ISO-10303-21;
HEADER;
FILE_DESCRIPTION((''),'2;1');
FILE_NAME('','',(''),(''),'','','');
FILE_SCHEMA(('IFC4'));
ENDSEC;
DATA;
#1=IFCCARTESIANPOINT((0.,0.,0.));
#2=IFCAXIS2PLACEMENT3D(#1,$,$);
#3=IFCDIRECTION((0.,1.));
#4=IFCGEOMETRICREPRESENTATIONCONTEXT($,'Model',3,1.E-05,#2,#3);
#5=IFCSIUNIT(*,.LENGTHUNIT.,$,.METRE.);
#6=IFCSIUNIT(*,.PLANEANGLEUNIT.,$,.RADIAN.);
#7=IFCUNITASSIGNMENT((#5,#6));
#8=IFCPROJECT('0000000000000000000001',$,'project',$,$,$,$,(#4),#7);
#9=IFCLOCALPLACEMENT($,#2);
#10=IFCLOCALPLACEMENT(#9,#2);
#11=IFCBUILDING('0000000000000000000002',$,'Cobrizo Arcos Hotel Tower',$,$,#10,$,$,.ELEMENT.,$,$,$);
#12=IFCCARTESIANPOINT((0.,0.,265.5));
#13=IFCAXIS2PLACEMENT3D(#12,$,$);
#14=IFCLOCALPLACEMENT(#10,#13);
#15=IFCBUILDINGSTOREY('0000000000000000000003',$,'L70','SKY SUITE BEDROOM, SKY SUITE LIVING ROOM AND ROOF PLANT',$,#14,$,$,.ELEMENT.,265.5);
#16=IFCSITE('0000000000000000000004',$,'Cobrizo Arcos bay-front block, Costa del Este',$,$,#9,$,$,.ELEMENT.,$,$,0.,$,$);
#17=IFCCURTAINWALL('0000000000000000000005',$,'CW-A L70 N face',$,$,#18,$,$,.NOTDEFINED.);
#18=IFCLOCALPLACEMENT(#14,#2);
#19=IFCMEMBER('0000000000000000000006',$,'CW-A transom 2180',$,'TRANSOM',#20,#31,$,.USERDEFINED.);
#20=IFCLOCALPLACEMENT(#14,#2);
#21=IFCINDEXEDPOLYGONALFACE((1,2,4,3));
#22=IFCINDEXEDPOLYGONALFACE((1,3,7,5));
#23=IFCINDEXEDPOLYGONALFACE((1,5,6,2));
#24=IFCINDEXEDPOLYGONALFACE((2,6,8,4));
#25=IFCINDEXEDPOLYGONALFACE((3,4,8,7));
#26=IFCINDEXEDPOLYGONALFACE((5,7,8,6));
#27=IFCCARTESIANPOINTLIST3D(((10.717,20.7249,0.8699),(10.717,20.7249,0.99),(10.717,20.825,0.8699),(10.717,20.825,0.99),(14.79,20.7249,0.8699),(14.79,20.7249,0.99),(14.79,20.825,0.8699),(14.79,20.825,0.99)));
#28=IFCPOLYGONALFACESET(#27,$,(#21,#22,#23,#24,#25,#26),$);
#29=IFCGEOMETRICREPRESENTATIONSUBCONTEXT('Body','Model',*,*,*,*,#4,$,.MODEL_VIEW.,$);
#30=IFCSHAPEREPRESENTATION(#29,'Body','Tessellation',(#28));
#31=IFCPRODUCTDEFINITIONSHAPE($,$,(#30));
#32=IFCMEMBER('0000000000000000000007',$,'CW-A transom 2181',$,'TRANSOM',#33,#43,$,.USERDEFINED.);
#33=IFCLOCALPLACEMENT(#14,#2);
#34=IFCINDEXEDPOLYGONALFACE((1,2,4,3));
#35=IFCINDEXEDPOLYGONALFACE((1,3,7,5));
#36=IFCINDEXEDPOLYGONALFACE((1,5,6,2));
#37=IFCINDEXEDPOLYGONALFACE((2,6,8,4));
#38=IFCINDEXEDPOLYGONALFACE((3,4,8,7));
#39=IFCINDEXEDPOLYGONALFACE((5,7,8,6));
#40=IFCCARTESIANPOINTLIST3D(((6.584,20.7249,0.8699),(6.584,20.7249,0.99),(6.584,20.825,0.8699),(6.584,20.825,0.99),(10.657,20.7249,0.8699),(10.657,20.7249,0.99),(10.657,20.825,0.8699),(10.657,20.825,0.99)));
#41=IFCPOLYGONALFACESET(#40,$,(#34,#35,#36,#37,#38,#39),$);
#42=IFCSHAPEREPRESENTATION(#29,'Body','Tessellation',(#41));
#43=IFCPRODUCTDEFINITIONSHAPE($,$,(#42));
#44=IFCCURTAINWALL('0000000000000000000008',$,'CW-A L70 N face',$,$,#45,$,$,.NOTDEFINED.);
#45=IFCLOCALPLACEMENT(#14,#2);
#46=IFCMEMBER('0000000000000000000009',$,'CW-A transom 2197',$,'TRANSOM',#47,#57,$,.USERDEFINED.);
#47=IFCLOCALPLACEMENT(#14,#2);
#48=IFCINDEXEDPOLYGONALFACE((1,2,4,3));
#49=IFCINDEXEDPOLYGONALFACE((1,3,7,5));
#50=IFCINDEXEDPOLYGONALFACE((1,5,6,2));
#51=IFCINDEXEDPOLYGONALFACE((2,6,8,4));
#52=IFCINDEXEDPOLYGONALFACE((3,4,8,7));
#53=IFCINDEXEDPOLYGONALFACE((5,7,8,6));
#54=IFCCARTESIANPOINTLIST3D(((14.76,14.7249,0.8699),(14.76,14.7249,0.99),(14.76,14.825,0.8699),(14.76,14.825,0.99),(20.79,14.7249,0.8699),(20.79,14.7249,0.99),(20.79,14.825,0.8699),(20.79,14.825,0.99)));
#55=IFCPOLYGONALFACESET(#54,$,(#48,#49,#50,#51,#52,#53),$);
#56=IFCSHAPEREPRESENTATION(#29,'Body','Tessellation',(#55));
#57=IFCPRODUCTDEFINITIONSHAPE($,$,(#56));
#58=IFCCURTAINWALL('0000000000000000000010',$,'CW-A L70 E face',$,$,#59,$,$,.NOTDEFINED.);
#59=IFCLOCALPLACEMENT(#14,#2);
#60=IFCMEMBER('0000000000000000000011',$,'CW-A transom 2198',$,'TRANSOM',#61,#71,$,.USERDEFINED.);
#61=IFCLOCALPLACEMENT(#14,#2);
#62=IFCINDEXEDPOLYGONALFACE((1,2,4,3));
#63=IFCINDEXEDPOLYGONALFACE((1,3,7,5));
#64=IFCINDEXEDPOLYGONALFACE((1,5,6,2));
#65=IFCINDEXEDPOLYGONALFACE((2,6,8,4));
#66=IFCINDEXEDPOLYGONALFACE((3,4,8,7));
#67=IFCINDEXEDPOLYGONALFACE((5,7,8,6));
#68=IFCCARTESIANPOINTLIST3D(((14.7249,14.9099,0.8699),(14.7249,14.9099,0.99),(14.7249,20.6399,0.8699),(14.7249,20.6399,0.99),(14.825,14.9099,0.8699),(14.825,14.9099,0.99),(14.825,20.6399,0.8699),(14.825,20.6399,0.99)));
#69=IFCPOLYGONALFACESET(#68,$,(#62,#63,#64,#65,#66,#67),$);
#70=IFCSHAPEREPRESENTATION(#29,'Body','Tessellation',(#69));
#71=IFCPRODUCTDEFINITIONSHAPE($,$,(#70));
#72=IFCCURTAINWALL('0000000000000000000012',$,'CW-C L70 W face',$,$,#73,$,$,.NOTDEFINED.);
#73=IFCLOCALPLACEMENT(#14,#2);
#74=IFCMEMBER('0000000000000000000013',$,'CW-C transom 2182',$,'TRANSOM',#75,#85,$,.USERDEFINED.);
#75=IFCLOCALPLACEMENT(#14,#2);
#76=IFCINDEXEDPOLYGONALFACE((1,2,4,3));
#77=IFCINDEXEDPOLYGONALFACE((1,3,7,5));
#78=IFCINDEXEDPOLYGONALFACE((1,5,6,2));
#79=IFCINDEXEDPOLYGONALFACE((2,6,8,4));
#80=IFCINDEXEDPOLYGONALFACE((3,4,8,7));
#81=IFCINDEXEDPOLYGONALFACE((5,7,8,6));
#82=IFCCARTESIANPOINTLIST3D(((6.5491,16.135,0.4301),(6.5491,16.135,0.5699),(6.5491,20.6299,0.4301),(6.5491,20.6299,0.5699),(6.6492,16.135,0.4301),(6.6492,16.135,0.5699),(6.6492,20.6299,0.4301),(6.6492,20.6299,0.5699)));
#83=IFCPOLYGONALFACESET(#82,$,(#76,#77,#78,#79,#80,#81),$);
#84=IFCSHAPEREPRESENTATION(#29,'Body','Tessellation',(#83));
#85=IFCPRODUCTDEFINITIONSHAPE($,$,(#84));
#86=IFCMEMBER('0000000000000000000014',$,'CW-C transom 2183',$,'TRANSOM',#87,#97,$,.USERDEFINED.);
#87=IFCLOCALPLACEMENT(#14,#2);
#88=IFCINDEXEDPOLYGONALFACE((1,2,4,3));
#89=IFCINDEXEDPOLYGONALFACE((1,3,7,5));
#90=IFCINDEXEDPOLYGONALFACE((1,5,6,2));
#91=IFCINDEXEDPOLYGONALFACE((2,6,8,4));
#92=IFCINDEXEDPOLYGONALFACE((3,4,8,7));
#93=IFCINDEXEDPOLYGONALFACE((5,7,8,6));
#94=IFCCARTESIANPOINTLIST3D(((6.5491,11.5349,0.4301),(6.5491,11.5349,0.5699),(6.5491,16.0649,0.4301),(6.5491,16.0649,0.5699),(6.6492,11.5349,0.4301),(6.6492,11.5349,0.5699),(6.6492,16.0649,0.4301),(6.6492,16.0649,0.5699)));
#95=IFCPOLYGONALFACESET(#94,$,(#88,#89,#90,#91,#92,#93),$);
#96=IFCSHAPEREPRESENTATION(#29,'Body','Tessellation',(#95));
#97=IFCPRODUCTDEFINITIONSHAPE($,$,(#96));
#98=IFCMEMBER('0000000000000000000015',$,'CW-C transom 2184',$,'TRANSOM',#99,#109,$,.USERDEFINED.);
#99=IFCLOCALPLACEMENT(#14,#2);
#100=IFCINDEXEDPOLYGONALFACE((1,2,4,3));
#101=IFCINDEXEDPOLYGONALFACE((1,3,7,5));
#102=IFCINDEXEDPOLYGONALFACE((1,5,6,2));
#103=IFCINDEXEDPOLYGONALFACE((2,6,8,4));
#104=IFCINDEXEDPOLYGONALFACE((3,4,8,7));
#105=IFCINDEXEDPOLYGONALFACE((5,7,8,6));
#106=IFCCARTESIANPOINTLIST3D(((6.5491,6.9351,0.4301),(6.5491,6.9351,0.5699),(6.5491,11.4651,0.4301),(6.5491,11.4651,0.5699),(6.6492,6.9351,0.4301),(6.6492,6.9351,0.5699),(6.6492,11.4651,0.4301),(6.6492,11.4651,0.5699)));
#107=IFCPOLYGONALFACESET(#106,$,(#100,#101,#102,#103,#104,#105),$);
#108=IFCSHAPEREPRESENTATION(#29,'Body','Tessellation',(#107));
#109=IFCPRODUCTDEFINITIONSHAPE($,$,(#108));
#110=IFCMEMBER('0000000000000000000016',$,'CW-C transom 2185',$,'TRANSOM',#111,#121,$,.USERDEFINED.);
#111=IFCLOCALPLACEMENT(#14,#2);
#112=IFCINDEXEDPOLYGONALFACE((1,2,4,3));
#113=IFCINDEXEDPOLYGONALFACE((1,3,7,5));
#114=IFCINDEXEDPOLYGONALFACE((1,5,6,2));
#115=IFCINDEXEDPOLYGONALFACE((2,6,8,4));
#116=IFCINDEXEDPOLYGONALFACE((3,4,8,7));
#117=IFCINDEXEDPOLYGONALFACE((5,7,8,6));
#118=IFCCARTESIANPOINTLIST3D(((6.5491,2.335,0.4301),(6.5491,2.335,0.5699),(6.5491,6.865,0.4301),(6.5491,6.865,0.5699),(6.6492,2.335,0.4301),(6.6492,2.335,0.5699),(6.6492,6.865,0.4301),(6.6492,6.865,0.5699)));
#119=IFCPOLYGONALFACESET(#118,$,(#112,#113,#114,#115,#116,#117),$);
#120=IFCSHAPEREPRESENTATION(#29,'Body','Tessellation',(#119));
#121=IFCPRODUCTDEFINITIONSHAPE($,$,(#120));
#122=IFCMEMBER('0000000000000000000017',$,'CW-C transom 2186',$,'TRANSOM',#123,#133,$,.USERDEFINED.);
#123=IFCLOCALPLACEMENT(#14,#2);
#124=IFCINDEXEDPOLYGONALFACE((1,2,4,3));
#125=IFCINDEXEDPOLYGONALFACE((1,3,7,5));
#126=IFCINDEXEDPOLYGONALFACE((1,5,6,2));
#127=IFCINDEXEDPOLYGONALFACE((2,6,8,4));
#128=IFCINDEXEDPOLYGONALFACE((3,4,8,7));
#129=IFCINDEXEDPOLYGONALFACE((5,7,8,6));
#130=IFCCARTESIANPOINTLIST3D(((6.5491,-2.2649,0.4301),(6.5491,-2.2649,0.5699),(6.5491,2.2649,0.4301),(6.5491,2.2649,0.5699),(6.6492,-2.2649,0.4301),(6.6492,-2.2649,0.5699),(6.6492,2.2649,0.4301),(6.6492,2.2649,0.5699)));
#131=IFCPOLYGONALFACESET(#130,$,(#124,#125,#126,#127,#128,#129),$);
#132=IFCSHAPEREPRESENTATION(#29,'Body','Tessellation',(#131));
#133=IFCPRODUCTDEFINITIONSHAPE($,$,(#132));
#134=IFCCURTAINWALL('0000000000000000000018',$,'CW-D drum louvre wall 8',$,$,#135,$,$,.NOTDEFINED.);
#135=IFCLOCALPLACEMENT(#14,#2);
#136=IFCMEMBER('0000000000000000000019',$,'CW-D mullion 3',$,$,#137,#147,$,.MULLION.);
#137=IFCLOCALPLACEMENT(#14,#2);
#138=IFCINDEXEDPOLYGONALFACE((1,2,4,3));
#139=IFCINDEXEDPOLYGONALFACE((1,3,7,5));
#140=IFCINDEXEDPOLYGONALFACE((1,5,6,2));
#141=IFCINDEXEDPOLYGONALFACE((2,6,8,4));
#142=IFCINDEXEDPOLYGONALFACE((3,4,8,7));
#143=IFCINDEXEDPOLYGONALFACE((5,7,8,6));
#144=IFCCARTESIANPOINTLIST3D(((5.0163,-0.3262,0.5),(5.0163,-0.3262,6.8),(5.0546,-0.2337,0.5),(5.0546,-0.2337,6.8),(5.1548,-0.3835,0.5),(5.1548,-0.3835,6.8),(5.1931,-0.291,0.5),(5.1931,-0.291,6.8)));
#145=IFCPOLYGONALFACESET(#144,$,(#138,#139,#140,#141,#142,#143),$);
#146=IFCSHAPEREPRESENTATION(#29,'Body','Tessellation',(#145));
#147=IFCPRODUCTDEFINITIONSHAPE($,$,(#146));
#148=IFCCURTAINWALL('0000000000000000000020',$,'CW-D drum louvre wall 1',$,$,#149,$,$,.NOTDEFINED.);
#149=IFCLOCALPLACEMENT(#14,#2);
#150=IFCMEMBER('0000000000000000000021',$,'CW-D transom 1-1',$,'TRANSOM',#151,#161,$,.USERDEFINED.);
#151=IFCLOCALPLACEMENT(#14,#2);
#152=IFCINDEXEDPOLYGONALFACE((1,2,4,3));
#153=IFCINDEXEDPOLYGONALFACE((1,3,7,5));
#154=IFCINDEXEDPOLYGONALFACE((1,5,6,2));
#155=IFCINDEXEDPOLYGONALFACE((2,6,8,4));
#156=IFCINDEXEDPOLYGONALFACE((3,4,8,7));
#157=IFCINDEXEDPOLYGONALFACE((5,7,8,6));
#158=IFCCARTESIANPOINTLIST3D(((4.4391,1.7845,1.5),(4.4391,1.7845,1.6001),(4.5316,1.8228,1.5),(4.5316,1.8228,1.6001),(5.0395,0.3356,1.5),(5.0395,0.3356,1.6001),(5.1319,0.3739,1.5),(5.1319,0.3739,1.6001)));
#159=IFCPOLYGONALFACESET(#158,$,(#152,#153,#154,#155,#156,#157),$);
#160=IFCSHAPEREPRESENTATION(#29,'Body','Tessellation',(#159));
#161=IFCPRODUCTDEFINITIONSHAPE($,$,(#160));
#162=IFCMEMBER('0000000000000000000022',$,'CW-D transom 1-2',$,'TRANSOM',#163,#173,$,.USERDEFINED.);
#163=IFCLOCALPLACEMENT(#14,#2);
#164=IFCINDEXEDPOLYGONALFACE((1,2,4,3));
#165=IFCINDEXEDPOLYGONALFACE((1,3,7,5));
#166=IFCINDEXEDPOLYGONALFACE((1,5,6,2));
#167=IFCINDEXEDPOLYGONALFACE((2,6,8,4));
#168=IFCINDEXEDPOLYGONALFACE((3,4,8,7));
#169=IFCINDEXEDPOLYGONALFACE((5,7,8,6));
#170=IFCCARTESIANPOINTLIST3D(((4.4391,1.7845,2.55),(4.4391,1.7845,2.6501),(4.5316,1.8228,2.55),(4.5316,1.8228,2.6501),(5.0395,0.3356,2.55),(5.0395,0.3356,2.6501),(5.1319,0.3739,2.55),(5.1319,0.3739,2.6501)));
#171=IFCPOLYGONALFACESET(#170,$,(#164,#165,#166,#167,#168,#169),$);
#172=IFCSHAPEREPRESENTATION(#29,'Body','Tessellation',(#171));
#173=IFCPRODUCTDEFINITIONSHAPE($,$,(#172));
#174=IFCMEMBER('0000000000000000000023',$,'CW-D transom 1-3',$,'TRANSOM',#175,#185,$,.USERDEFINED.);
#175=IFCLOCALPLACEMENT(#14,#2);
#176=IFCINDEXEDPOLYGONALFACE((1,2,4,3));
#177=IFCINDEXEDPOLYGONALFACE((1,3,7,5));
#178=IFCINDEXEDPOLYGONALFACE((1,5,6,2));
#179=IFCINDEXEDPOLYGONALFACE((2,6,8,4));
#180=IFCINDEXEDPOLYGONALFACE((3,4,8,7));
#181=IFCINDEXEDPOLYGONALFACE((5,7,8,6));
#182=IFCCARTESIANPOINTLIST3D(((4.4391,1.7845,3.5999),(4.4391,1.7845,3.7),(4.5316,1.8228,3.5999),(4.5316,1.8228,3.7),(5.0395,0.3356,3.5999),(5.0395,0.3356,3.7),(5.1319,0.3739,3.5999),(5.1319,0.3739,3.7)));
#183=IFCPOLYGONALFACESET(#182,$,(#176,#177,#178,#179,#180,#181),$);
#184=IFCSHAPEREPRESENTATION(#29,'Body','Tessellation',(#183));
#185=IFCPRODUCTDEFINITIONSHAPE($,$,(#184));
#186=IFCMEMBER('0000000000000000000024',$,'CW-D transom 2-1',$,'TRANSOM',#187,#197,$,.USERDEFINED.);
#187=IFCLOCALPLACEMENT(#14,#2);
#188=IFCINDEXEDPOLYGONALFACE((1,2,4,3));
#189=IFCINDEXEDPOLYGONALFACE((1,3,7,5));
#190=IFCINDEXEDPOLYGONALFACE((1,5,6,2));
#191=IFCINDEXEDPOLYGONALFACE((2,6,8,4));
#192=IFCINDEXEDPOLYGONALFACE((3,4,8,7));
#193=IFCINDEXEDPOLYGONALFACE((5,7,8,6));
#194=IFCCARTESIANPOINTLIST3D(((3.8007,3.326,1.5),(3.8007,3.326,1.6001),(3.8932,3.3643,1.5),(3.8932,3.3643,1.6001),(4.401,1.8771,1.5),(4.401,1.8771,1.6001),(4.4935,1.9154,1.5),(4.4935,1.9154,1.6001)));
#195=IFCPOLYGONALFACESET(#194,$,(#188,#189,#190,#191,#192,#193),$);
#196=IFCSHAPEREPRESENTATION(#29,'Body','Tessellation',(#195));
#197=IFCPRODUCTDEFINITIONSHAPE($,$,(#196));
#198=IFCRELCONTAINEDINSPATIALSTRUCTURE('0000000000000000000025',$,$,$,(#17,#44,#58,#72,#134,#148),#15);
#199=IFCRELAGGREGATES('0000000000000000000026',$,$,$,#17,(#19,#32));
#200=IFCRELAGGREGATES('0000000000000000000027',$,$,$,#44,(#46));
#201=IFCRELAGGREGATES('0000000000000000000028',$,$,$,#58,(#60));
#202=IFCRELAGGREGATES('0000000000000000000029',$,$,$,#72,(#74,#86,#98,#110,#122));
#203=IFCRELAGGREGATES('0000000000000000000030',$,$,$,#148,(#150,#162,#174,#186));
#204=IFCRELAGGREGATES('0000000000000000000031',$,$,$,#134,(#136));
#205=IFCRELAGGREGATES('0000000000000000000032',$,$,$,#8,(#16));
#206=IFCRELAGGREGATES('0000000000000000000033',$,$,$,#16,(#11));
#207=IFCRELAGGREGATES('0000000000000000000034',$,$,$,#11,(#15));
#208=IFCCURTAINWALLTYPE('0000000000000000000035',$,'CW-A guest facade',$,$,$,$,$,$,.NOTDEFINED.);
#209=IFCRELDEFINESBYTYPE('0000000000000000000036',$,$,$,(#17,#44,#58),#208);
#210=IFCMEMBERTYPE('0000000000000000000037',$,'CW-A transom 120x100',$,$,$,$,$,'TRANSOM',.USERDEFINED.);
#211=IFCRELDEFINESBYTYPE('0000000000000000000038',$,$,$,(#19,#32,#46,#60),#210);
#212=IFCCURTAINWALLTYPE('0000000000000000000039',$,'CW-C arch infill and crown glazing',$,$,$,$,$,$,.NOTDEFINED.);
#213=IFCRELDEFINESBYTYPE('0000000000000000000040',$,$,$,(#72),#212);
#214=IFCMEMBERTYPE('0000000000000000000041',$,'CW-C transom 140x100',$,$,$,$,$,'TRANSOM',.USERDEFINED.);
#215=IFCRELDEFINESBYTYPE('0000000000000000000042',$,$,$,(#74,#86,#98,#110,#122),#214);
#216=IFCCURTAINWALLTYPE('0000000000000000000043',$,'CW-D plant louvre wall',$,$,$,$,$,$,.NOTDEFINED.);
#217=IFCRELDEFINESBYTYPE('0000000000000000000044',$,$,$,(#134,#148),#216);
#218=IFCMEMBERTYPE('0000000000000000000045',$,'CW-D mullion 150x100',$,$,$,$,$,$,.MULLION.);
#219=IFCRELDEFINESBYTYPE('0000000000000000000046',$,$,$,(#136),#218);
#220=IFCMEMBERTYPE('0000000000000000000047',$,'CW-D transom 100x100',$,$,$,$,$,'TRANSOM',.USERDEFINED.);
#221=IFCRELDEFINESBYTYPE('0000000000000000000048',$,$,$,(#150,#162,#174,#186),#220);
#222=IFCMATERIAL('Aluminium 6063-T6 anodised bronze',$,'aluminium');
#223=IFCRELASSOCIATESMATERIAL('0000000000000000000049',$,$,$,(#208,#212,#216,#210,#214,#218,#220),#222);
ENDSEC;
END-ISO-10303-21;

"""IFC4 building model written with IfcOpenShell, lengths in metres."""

from ifc_helpers import new_model, si_unit, direction, frame, origin, origin_2d, place, context, subcontext, project, spatial, rectangle, extrude, material, material_profile, profile_set, type_object, element, aggregate, save


model = new_model("IFC4")

# Units and contexts
model_context = context("Model", 3, precision=1e-05, world=origin(), true_north=direction((0.0, 1.0)))
body_context = subcontext(model_context, "Body", "Model", "MODEL_VIEW")
ifc_project = project(units=[si_unit("LENGTHUNIT", "METRE"), si_unit("PLANEANGLEUNIT", "RADIAN")], contexts=[model_context])

# Site, building, storey
site_placement = place(None, origin())
site = spatial("IfcSite", under=ifc_project, at=site_placement, Name="Cobrizo Arcos bay-front block, Costa del Este", CompositionType="ELEMENT", RefElevation=0.0)
building_placement = place(site_placement, origin())
building = spatial("IfcBuilding", under=site, at=building_placement, Name="Cobrizo Arcos Hotel Tower", CompositionType="ELEMENT")
storey_placement = place(building_placement, frame((0.0, 0.0, 265.5)))
storey = spatial("IfcBuildingStorey", under=building, at=storey_placement, Name="L70", Description="SKY SUITE BEDROOM, SKY SUITE LIVING ROOM AND ROOF PLANT", CompositionType="ELEMENT", Elevation=265.5)

# Curtain wall, members
ifc_material_1 = material(Name="Aluminium 6063-T6 anodised bronze", Category="aluminium")
curtain_wall_type_1 = type_object("IfcCurtainWallType", Name="CW-A guest facade", PredefinedType="NOTDEFINED", material=ifc_material_1)
curtain_wall_1_placement = place(storey_placement, origin())
curtain_wall_1 = element("IfcCurtainWall", 1, at=curtain_wall_1_placement, inside=storey, type_object=curtain_wall_type_1, Name="CW-A L70 N face", PredefinedType="NOTDEFINED")
ifc_material_profile_1 = material_profile(ifc_material_1, rectangle(XDim=0.1001, YDim=0.1201, at=origin_2d()), Name="CW-A transom 120x100")
ifc_profile_set_1 = profile_set([ifc_material_profile_1], Name="Aluminium 6063-T6 anodised bronze")
member_type_1 = type_object("IfcMemberType", Name="CW-A transom 120x100", ElementType="TRANSOM", PredefinedType="USERDEFINED", material=ifc_profile_set_1)
member_1_placement = place(storey_placement, frame((14.79, 20.7749, 0.9299), z_axis=(-1.0, 0.0, 0.0), x_axis=(0.0, -1.0, 0.0)))
member_1 = element("IfcMember", 2, at=member_1_placement, type_object=member_type_1, Name="CW-A transom 2180", ObjectType="TRANSOM", PredefinedType="USERDEFINED", context=body_context, shape_type="SweptSolid", body=[
    extrude(rectangle(XDim=0.1001, YDim=0.1201, at=origin_2d()), origin(), (0.0, 0.0, 1.0), 4.073),
])
member_2_placement = place(storey_placement, frame((10.657, 20.7749, 0.9299), z_axis=(-1.0, 0.0, 0.0), x_axis=(0.0, -1.0, 0.0)))
member_2 = element("IfcMember", 3, at=member_2_placement, type_object=member_type_1, Name="CW-A transom 2181", ObjectType="TRANSOM", PredefinedType="USERDEFINED", context=body_context, shape_type="SweptSolid", body=[
    extrude(rectangle(XDim=0.1001, YDim=0.1201, at=origin_2d()), origin(), (0.0, 0.0, 1.0), 4.073),
])

# Curtain walls, members
curtain_wall_2_placement = place(storey_placement, origin())
curtain_wall_2 = element("IfcCurtainWall", 4, at=curtain_wall_2_placement, inside=storey, type_object=curtain_wall_type_1, Name="CW-A L70 N face", PredefinedType="NOTDEFINED")
member_3_placement = place(storey_placement, frame((20.79, 14.7749, 0.9299), z_axis=(-1.0, 0.0, 0.0), x_axis=(0.0, -1.0, 0.0)))
member_3 = element("IfcMember", 5, at=member_3_placement, type_object=member_type_1, Name="CW-A transom 2197", ObjectType="TRANSOM", PredefinedType="USERDEFINED", context=body_context, shape_type="SweptSolid", body=[
    extrude(rectangle(XDim=0.1001, YDim=0.1201, at=origin_2d()), origin(), (0.0, 0.0, 1.0), 6.03),
])
curtain_wall_3_placement = place(storey_placement, origin())
curtain_wall_3 = element("IfcCurtainWall", 6, at=curtain_wall_3_placement, inside=storey, type_object=curtain_wall_type_1, Name="CW-A L70 E face", PredefinedType="NOTDEFINED")
member_4_placement = place(storey_placement, frame((14.7749, 14.9099, 0.9299), z_axis=(0.0, 1.0, 0.0), x_axis=(-1.0, 0.0, 0.0)))
member_4 = element("IfcMember", 7, at=member_4_placement, type_object=member_type_1, Name="CW-A transom 2198", ObjectType="TRANSOM", PredefinedType="USERDEFINED", context=body_context, shape_type="SweptSolid", body=[
    extrude(rectangle(XDim=0.1001, YDim=0.1201, at=origin_2d()), origin(), (0.0, 0.0, 1.0), 5.73),
])

# Curtain wall, members
curtain_wall_type_2 = type_object("IfcCurtainWallType", Name="CW-C arch infill and crown glazing", PredefinedType="NOTDEFINED", material=ifc_material_1)
curtain_wall_4_placement = place(storey_placement, origin())
curtain_wall_4 = element("IfcCurtainWall", 8, at=curtain_wall_4_placement, inside=storey, type_object=curtain_wall_type_2, Name="CW-C L70 W face", PredefinedType="NOTDEFINED")
ifc_material_profile_2 = material_profile(ifc_material_1, rectangle(XDim=0.1001, YDim=0.1399, at=origin_2d()), Name="CW-C transom 140x100")
ifc_profile_set_2 = profile_set([ifc_material_profile_2], Name="Aluminium 6063-T6 anodised bronze")
member_type_2 = type_object("IfcMemberType", Name="CW-C transom 140x100", ElementType="TRANSOM", PredefinedType="USERDEFINED", material=ifc_profile_set_2)
member_5_placement = place(storey_placement, frame((6.5991, 20.6299, 0.5), z_axis=(0.0, -1.0, 0.0), x_axis=(1.0, 0.0, 0.0)))
member_5 = element("IfcMember", 9, at=member_5_placement, type_object=member_type_2, Name="CW-C transom 2182", ObjectType="TRANSOM", PredefinedType="USERDEFINED", context=body_context, shape_type="SweptSolid", body=[
    extrude(rectangle(XDim=0.1001, YDim=0.1399, at=origin_2d()), origin(), (0.0, 0.0, 1.0), 4.4949),
])
member_6_placement = place(storey_placement, frame((6.5991, 16.0649, 0.5), z_axis=(0.0, -1.0, 0.0), x_axis=(1.0, 0.0, 0.0)))
member_6 = element("IfcMember", 10, at=member_6_placement, type_object=member_type_2, Name="CW-C transom 2183", ObjectType="TRANSOM", PredefinedType="USERDEFINED", context=body_context, shape_type="SweptSolid", body=[
    extrude(rectangle(XDim=0.1001, YDim=0.1399, at=origin_2d()), origin(), (0.0, 0.0, 1.0), 4.53),
])
member_7_placement = place(storey_placement, frame((6.5991, 11.4651, 0.5), z_axis=(0.0, -1.0, 0.0), x_axis=(1.0, 0.0, 0.0)))
member_7 = element("IfcMember", 11, at=member_7_placement, type_object=member_type_2, Name="CW-C transom 2184", ObjectType="TRANSOM", PredefinedType="USERDEFINED", context=body_context, shape_type="SweptSolid", body=[
    extrude(rectangle(XDim=0.1001, YDim=0.1399, at=origin_2d()), origin(), (0.0, 0.0, 1.0), 4.53),
])
member_8_placement = place(storey_placement, frame((6.5991, 6.865, 0.5), z_axis=(0.0, -1.0, 0.0), x_axis=(1.0, 0.0, 0.0)))
member_8 = element("IfcMember", 12, at=member_8_placement, type_object=member_type_2, Name="CW-C transom 2185", ObjectType="TRANSOM", PredefinedType="USERDEFINED", context=body_context, shape_type="SweptSolid", body=[
    extrude(rectangle(XDim=0.1001, YDim=0.1399, at=origin_2d()), origin(), (0.0, 0.0, 1.0), 4.53),
])
member_9_placement = place(storey_placement, frame((6.5991, 2.2649, 0.5), z_axis=(0.0, -1.0, 0.0), x_axis=(1.0, 0.0, 0.0)))
member_9 = element("IfcMember", 13, at=member_9_placement, type_object=member_type_2, Name="CW-C transom 2186", ObjectType="TRANSOM", PredefinedType="USERDEFINED", context=body_context, shape_type="SweptSolid", body=[
    extrude(rectangle(XDim=0.1001, YDim=0.1399, at=origin_2d()), origin(), (0.0, 0.0, 1.0), 4.5298),
])

# Curtain wall, member
curtain_wall_type_3 = type_object("IfcCurtainWallType", Name="CW-D plant louvre wall", PredefinedType="NOTDEFINED", material=ifc_material_1)
curtain_wall_5_placement = place(storey_placement, origin())
curtain_wall_5 = element("IfcCurtainWall", 14, at=curtain_wall_5_placement, inside=storey, type_object=curtain_wall_type_3, Name="CW-D drum louvre wall 8", PredefinedType="NOTDEFINED")
ifc_material_profile_3 = material_profile(ifc_material_1, rectangle(XDim=0.1499, YDim=0.1001, at=origin_2d()), Name="CW-D mullion 150x100")
ifc_profile_set_3 = profile_set([ifc_material_profile_3], Name="Aluminium 6063-T6 anodised bronze")
member_type_3 = type_object("IfcMemberType", Name="CW-D mullion 150x100", PredefinedType="MULLION", material=ifc_profile_set_3)
member_10_placement = place(storey_placement, frame((5.1047, -0.3086, 0.5), z_axis=(0.0, 0.0, 1.0), x_axis=(0.92388, -0.382683, 0.0)))
member_10 = element("IfcMember", 15, at=member_10_placement, type_object=member_type_3, Name="CW-D mullion 3", PredefinedType="MULLION", context=body_context, shape_type="SweptSolid", body=[
    extrude(rectangle(XDim=0.1499, YDim=0.1001, at=origin_2d()), origin(), (0.0, 0.0, 1.0), 6.3),
])

# Curtain wall, members
curtain_wall_6_placement = place(storey_placement, origin())
curtain_wall_6 = element("IfcCurtainWall", 16, at=curtain_wall_6_placement, inside=storey, type_object=curtain_wall_type_3, Name="CW-D drum louvre wall 1", PredefinedType="NOTDEFINED")
ifc_material_profile_4 = material_profile(ifc_material_1, rectangle(XDim=0.1001, YDim=0.1001, at=origin_2d()), Name="CW-D transom 100x100")
ifc_profile_set_4 = profile_set([ifc_material_profile_4], Name="Aluminium 6063-T6 anodised bronze")
member_type_4 = type_object("IfcMemberType", Name="CW-D transom 100x100", ElementType="TRANSOM", PredefinedType="USERDEFINED", material=ifc_profile_set_4)
member_11_placement = place(storey_placement, frame((5.0857, 0.3547, 1.55), z_axis=(-0.382769, 0.923844, 0.0), x_axis=(-0.923844, -0.382769, 0.0)))
member_11 = element("IfcMember", 17, at=member_11_placement, type_object=member_type_4, Name="CW-D transom 1-1", ObjectType="TRANSOM", PredefinedType="USERDEFINED", context=body_context, shape_type="SweptSolid", body=[
    extrude(rectangle(XDim=0.1001, YDim=0.1001, at=origin_2d()), origin(), (0.0, 0.0, 1.0), 1.5684),
])
member_12_placement = place(storey_placement, frame((5.0857, 0.3547, 2.6001), z_axis=(-0.382769, 0.923844, 0.0), x_axis=(-0.923844, -0.382769, 0.0)))
member_12 = element("IfcMember", 18, at=member_12_placement, type_object=member_type_4, Name="CW-D transom 1-2", ObjectType="TRANSOM", PredefinedType="USERDEFINED", context=body_context, shape_type="SweptSolid", body=[
    extrude(rectangle(XDim=0.1001, YDim=0.1001, at=origin_2d()), origin(), (0.0, 0.0, 1.0), 1.5684),
])
member_13_placement = place(storey_placement, frame((5.0857, 0.3547, 3.6499), z_axis=(-0.382769, 0.923844, 0.0), x_axis=(-0.923844, -0.382769, 0.0)))
member_13 = element("IfcMember", 19, at=member_13_placement, type_object=member_type_4, Name="CW-D transom 1-3", ObjectType="TRANSOM", PredefinedType="USERDEFINED", context=body_context, shape_type="SweptSolid", body=[
    extrude(rectangle(XDim=0.1001, YDim=0.1001, at=origin_2d()), origin(), (0.0, 0.0, 1.0), 1.5684),
])
member_14_placement = place(storey_placement, frame((4.4473, 1.8962, 1.55), z_axis=(-0.382769, 0.923844, 0.0), x_axis=(-0.923844, -0.382769, 0.0)))
member_14 = element("IfcMember", 20, at=member_14_placement, type_object=member_type_4, Name="CW-D transom 2-1", ObjectType="TRANSOM", PredefinedType="USERDEFINED", context=body_context, shape_type="SweptSolid", body=[
    extrude(rectangle(XDim=0.1001, YDim=0.1001, at=origin_2d()), origin(), (0.0, 0.0, 1.0), 1.5684),
])

aggregate(curtain_wall_1, [member_1, member_2])
aggregate(curtain_wall_2, [member_3])
aggregate(curtain_wall_3, [member_4])
aggregate(curtain_wall_4, [member_5, member_6, member_7, member_8, member_9])
aggregate(curtain_wall_6, [member_11, member_12, member_13, member_14])
aggregate(curtain_wall_5, [member_10])

save(model, "model.ifc")
